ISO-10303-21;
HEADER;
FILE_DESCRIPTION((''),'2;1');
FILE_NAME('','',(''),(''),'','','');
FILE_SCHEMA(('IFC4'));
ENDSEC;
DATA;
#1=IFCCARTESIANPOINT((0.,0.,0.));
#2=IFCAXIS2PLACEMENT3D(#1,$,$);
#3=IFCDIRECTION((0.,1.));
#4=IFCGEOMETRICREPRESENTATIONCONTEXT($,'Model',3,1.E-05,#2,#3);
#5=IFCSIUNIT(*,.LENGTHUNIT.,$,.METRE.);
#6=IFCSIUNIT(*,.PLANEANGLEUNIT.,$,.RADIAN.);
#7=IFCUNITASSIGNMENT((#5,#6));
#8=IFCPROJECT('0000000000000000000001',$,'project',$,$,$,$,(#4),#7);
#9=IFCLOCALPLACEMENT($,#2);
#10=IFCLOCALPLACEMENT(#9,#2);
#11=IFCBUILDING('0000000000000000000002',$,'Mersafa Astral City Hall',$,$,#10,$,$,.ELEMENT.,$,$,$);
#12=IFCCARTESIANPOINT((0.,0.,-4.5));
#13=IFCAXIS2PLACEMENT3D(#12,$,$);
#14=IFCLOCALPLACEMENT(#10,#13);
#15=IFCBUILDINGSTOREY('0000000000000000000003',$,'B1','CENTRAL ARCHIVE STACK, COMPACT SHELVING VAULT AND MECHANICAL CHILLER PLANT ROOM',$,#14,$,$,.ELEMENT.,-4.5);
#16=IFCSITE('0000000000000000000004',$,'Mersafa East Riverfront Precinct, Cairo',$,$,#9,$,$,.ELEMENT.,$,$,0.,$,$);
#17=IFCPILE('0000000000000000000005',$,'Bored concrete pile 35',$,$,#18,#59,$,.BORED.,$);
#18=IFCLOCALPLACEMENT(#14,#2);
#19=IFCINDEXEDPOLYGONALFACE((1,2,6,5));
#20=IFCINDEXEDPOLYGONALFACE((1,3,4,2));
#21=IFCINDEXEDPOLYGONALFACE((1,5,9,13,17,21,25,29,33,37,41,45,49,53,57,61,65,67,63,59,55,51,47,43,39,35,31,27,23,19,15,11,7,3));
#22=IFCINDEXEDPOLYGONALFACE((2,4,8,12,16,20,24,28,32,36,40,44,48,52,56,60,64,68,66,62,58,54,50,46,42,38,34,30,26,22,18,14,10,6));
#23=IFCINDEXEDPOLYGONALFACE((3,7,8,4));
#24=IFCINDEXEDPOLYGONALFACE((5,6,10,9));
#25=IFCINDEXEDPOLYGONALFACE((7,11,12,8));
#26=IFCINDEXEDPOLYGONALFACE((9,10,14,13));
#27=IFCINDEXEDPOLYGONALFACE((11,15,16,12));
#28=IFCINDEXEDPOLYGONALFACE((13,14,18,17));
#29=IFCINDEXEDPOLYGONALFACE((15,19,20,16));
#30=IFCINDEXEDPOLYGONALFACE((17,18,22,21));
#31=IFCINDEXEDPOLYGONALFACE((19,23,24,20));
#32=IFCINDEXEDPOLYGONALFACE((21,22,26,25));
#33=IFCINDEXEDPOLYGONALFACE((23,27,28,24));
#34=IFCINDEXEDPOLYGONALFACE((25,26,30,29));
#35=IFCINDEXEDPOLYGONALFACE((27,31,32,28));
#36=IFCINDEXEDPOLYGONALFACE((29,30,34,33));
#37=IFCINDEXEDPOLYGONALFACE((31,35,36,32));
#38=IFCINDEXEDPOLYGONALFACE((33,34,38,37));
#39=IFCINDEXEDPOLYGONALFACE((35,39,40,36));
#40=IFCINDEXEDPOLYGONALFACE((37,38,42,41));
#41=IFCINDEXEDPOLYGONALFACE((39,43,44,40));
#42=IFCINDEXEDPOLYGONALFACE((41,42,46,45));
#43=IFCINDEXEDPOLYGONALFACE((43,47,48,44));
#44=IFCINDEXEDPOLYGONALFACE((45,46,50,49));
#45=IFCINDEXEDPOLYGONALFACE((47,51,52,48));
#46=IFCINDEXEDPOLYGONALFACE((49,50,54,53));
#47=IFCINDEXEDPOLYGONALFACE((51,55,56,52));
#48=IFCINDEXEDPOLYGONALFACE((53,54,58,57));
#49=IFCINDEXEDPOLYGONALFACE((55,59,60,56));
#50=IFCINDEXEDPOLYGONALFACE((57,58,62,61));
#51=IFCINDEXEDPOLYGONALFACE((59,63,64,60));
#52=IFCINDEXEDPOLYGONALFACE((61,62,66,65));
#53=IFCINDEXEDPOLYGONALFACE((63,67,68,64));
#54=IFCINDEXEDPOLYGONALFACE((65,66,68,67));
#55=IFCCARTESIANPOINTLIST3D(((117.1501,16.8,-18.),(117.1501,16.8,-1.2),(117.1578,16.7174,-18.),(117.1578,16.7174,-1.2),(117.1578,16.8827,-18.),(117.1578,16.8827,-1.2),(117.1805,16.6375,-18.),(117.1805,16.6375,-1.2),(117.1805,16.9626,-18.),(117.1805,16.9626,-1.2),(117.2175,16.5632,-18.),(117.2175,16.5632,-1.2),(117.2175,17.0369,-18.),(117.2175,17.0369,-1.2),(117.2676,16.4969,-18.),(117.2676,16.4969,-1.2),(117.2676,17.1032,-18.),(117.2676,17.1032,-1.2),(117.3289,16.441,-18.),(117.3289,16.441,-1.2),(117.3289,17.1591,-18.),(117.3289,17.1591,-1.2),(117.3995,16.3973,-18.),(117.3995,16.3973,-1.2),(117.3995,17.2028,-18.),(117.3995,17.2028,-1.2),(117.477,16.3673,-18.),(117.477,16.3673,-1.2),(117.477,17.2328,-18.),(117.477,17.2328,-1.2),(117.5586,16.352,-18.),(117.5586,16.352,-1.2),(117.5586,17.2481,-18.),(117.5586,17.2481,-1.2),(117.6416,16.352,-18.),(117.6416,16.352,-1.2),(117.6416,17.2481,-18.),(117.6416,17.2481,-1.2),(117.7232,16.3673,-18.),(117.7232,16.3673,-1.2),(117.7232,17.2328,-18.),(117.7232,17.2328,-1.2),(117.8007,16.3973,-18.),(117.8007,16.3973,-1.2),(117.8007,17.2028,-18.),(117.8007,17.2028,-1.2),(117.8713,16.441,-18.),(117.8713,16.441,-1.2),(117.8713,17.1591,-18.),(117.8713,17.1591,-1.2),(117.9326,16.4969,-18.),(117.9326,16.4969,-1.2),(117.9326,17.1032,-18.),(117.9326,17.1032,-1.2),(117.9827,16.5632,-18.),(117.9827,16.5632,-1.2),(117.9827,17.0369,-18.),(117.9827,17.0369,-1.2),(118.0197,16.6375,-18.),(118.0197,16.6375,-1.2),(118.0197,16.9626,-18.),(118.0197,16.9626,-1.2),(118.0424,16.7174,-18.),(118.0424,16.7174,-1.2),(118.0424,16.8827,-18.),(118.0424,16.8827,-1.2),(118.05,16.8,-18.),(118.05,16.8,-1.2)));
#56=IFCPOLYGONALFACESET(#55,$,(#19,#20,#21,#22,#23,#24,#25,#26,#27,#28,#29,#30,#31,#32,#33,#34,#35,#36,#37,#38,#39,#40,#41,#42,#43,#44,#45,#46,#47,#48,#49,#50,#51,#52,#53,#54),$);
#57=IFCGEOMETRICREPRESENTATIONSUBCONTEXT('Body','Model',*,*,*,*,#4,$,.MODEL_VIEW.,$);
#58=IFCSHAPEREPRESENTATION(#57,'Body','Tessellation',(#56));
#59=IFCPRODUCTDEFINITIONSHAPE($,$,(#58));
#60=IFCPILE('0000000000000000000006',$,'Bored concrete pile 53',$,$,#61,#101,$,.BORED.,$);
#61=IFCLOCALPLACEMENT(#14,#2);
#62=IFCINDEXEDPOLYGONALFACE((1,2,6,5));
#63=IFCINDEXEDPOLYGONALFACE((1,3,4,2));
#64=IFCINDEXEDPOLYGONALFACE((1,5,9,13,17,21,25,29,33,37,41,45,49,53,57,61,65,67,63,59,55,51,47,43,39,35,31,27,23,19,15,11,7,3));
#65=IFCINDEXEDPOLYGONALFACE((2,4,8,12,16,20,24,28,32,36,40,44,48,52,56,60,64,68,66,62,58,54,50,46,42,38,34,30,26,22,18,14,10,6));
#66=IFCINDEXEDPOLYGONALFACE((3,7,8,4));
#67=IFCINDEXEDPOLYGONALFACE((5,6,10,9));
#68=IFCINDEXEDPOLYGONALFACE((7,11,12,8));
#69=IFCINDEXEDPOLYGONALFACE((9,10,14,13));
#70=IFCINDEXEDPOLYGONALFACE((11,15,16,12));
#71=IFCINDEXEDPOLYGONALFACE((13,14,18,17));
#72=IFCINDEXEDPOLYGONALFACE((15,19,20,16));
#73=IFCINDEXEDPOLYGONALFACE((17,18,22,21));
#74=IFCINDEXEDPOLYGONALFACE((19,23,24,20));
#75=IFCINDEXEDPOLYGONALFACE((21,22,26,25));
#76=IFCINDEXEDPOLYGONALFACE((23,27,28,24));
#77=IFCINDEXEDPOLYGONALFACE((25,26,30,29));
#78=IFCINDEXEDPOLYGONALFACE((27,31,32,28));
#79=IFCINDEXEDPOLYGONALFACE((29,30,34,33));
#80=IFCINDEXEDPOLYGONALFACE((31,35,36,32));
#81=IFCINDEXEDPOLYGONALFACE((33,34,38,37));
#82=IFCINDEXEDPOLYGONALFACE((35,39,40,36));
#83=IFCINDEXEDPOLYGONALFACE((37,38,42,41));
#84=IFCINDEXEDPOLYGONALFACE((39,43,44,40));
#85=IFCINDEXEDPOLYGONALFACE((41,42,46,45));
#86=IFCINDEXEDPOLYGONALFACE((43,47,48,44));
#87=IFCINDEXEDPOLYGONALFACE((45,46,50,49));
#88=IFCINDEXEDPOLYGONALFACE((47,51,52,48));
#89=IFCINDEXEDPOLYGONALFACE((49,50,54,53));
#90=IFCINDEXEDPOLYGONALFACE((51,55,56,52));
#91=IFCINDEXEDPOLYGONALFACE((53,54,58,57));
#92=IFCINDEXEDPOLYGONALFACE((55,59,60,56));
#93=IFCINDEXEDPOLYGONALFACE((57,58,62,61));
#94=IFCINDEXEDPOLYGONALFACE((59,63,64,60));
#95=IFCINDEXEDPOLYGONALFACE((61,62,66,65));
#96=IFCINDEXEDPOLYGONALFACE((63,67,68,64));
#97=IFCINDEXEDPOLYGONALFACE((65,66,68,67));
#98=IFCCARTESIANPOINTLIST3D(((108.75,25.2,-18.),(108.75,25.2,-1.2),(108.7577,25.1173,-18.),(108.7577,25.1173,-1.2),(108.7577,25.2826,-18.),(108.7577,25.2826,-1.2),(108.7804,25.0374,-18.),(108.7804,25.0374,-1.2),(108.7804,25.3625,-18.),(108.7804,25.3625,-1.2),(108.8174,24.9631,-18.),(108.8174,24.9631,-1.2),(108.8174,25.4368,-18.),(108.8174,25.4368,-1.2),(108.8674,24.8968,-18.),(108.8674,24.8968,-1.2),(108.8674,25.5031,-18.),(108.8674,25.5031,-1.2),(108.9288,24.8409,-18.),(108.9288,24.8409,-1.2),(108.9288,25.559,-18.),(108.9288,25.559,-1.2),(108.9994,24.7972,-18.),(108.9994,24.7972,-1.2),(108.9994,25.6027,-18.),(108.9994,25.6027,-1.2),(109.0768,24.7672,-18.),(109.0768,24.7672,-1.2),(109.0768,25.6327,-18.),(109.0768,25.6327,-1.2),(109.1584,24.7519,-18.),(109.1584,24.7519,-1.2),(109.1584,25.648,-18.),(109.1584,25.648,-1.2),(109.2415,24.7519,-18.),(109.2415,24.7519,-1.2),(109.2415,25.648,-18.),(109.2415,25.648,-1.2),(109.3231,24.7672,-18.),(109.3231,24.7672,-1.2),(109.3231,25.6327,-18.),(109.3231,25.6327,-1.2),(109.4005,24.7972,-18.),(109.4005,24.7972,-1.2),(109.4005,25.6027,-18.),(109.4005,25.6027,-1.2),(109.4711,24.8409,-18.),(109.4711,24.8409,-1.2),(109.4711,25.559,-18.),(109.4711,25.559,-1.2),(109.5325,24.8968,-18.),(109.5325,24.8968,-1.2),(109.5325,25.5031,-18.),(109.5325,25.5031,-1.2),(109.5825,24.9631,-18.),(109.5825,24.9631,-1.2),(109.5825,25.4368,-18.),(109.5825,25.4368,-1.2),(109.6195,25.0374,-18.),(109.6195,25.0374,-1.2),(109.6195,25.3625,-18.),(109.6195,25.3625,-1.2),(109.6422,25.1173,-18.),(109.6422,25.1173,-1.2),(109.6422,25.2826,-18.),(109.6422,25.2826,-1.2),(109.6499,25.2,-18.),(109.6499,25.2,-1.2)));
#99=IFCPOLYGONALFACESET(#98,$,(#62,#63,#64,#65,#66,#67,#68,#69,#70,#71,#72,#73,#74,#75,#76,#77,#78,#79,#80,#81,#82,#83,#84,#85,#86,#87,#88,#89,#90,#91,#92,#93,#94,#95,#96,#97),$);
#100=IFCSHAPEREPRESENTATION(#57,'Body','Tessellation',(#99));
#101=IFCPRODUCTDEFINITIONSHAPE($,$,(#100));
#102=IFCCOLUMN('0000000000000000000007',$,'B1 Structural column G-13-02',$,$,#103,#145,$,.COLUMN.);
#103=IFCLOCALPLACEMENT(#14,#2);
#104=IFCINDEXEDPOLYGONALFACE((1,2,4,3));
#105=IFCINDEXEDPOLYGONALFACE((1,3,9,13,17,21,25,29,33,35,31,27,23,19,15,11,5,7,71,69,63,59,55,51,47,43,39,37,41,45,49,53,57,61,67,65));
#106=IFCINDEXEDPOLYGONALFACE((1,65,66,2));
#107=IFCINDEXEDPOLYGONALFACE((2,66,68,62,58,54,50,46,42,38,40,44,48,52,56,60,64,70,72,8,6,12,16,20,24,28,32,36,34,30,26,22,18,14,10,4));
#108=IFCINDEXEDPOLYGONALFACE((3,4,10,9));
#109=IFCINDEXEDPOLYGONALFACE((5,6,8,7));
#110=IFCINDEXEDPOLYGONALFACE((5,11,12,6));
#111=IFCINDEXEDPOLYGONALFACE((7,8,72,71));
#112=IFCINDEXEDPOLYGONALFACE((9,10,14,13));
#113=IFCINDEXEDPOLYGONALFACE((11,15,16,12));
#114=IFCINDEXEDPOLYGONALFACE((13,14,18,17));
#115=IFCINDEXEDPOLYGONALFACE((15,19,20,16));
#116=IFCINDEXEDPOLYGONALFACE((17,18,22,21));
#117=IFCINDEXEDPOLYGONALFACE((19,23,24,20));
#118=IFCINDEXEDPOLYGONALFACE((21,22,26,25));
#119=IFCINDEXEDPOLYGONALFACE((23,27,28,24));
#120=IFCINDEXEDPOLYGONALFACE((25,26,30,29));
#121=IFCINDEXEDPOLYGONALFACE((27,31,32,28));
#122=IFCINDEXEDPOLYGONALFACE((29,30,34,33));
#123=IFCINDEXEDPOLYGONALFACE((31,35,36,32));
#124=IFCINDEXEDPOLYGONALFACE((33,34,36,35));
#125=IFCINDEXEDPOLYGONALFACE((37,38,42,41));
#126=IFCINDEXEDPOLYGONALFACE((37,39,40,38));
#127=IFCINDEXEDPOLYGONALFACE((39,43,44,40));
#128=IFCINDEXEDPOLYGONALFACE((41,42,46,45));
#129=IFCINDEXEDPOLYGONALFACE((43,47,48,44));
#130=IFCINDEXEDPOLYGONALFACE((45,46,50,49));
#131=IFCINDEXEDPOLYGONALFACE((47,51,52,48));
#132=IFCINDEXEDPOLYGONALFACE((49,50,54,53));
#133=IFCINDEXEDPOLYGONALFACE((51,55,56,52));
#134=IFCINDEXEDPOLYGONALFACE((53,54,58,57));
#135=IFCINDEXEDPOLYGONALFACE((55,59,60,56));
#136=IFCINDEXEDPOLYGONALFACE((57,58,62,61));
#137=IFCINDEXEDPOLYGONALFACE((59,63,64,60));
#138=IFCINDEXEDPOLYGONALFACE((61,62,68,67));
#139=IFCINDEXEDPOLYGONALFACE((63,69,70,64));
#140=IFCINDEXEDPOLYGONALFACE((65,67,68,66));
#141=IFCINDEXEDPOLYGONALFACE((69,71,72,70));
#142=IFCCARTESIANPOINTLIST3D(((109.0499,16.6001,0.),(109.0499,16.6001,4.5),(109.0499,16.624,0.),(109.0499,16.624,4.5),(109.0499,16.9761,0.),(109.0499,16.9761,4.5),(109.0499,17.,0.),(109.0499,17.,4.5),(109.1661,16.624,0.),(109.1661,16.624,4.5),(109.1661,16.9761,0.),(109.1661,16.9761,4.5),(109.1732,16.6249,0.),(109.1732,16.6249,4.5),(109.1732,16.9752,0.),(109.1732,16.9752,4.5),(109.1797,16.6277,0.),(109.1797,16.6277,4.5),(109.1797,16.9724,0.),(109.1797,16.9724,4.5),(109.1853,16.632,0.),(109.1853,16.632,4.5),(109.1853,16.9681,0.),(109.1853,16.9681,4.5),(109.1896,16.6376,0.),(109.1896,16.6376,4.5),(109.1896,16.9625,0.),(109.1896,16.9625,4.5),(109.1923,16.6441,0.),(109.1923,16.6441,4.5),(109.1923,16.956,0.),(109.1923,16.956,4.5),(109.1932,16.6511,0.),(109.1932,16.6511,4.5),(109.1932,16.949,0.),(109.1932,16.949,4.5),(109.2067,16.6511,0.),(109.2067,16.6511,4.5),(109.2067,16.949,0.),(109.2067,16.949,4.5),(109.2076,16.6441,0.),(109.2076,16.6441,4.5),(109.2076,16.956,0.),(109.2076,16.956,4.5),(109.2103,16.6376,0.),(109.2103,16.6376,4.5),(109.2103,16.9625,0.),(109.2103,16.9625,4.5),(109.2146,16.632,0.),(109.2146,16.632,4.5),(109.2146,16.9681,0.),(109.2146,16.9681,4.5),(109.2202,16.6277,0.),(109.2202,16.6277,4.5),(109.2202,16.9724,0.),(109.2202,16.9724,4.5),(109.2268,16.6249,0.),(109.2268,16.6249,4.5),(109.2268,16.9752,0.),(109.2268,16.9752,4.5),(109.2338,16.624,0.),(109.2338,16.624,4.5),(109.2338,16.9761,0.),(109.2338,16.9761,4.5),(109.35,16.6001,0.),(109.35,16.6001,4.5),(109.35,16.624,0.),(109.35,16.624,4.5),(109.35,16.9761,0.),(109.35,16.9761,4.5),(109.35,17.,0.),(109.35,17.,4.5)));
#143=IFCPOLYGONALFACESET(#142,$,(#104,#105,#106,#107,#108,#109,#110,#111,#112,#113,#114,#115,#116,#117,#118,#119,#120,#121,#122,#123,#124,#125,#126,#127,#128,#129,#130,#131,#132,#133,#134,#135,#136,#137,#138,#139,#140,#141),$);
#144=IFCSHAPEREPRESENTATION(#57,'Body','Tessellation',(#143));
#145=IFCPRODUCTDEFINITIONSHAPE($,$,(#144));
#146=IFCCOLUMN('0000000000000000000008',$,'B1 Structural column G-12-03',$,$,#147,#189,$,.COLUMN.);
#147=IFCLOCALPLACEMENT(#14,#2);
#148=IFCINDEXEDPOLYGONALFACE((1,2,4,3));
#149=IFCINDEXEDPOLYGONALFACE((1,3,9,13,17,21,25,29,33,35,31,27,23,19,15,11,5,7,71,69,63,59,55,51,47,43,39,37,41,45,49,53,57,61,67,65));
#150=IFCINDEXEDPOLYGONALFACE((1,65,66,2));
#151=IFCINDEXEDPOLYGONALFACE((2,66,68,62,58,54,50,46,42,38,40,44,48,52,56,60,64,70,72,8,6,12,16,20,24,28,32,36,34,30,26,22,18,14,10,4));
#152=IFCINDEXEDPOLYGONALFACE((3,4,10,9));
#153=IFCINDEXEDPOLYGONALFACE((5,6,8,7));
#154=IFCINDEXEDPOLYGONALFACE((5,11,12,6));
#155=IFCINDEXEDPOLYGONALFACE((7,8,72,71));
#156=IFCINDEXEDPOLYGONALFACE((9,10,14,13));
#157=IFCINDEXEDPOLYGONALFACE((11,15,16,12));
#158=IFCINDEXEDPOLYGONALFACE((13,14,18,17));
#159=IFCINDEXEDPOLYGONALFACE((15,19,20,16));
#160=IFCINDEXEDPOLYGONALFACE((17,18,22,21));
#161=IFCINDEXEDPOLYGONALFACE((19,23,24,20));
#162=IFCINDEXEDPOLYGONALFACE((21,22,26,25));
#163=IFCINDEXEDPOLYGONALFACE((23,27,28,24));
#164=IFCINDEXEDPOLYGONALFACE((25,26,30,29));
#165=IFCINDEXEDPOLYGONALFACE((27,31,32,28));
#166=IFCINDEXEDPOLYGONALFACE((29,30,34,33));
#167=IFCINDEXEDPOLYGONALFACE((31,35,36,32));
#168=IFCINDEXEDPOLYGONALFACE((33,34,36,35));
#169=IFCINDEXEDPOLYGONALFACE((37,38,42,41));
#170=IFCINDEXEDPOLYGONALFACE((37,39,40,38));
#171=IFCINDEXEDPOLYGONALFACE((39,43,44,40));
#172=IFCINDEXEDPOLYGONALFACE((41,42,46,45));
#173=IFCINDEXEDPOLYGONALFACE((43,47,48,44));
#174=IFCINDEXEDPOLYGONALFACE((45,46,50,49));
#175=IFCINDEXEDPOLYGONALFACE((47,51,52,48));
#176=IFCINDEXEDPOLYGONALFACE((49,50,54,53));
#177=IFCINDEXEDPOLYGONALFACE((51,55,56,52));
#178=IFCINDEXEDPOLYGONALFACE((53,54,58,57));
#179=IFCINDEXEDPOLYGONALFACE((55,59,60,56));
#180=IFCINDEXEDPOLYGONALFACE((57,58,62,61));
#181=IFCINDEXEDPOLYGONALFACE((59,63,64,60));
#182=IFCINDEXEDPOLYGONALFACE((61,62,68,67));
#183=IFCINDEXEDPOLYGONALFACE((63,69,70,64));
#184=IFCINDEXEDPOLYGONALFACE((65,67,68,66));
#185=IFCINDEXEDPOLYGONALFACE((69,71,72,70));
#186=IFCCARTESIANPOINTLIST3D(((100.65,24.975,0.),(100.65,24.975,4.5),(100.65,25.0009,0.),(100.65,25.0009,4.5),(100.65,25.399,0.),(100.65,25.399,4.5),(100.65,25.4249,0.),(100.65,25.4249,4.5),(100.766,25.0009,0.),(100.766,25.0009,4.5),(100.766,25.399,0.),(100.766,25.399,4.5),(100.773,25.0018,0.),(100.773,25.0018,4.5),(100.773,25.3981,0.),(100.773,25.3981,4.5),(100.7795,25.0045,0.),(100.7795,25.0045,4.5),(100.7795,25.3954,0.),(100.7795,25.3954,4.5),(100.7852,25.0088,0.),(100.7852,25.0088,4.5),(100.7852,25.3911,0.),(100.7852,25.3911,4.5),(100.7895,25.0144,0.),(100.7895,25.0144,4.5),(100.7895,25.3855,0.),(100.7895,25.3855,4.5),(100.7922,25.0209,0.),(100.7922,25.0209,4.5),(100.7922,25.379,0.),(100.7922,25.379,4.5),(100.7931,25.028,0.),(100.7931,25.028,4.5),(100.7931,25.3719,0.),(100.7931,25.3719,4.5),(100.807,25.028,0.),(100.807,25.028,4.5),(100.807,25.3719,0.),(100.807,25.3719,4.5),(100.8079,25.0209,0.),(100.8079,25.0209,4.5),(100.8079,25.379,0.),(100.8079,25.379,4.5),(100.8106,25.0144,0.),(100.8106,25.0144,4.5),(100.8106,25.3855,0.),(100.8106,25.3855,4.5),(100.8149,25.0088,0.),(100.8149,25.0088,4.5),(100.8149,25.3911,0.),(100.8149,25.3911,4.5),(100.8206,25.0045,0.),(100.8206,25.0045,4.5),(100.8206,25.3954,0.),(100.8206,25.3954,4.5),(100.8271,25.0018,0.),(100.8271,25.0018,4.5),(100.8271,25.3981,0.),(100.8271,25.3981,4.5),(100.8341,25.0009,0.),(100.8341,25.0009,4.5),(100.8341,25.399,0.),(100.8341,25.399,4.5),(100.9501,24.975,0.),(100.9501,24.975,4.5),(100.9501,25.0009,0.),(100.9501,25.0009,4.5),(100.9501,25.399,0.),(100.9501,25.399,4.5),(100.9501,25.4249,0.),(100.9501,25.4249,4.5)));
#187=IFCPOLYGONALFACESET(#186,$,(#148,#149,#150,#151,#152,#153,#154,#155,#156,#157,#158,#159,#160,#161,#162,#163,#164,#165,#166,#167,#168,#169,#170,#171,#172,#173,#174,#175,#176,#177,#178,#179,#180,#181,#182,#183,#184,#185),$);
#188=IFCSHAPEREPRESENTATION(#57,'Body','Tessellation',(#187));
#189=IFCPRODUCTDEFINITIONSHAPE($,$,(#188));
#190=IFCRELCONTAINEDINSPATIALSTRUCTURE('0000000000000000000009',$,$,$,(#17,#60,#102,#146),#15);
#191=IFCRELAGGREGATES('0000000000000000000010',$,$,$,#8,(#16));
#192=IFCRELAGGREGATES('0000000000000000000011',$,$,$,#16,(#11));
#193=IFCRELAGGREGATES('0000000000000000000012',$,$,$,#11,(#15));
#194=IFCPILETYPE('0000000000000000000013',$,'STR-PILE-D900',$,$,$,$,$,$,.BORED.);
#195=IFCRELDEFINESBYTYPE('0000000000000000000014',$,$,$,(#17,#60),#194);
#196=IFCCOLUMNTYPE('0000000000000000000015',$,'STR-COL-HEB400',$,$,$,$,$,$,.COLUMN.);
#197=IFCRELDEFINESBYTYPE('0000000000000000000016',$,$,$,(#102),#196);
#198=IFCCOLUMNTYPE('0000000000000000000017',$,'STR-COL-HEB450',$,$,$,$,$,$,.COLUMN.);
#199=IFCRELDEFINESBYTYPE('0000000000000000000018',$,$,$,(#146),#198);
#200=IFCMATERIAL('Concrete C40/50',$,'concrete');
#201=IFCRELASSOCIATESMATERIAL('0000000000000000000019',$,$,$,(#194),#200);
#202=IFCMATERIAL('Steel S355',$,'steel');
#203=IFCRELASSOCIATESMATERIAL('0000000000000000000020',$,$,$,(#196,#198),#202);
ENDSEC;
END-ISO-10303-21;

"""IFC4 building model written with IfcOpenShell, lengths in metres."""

from ifc_helpers import new_model, si_unit, direction, frame, origin, origin_2d, place, context, subcontext, project, spatial, circle, i_section, extrude, material, material_profile, profile_set, type_object, element, save


model = new_model("IFC4")

# Units and contexts
model_context = context("Model", 3, precision=1e-05, world=origin(), true_north=direction((0.0, 1.0)))
body_context = subcontext(model_context, "Body", "Model", "MODEL_VIEW")
ifc_project = project(units=[si_unit("LENGTHUNIT", "METRE"), si_unit("PLANEANGLEUNIT", "RADIAN")], contexts=[model_context])

# Site, building, storey
site_placement = place(None, origin())
site = spatial("IfcSite", under=ifc_project, at=site_placement, Name="Mersafa East Riverfront Precinct, Cairo", CompositionType="ELEMENT", RefElevation=0.0)
building_placement = place(site_placement, origin())
building = spatial("IfcBuilding", under=site, at=building_placement, Name="Mersafa Astral City Hall", CompositionType="ELEMENT")
storey_placement = place(building_placement, frame((0.0, 0.0, -4.5)))
storey = spatial("IfcBuildingStorey", under=building, at=storey_placement, Name="B1", Description="CENTRAL ARCHIVE STACK, COMPACT SHELVING VAULT AND MECHANICAL CHILLER PLANT ROOM", CompositionType="ELEMENT", Elevation=-4.5)

# Shared definitions
ifc_material_1 = material(Name="Concrete C40/50", Category="concrete")

# Piles
ifc_material_profile_1 = material_profile(ifc_material_1, circle(Radius=0.45, at=origin_2d()), Name="PILE D900")
ifc_profile_set_1 = profile_set([ifc_material_profile_1], Name="Concrete C40/50")
pile_type_1 = type_object("IfcPileType", Name="STR-PILE-D900", PredefinedType="BORED", material=ifc_profile_set_1)
for number, where, z_axis, x_axis, name in (
    (1, (117.6001, 16.8, -1.2), (0.0, 0.0, -1.0), (1.0, 0.0, 0.0), "Bored concrete pile 35"),
    (2, (109.2, 25.2, -1.2), (0.0, 0.0, -1.0), (1.0, 0.0, 0.0), "Bored concrete pile 53"),
):
    element("IfcPile", number, at=place(storey_placement, frame(where, z_axis=z_axis, x_axis=x_axis)), inside=storey, type_object=pile_type_1, Name=name, PredefinedType="BORED", context=body_context, shape_type="SweptSolid", body=[
        extrude(circle(Radius=0.45, at=origin_2d()), origin(), (0.0, 0.0, 1.0), 16.8),
    ])

# Columns
ifc_material_2 = material(Name="Steel S355", Category="steel")
ifc_material_profile_2 = material_profile(ifc_material_2, i_section(OverallWidth=0.3, OverallDepth=0.3999, WebThickness=0.0134, FlangeThickness=0.0239, FilletRadius=0.0271, at=origin_2d()), Name="HEB 400")
ifc_profile_set_2 = profile_set([ifc_material_profile_2], Name="Steel S355")
column_type_1 = type_object("IfcColumnType", Name="STR-COL-HEB400", PredefinedType="COLUMN", material=ifc_profile_set_2)
column_1_placement = place(storey_placement, frame((109.2, 16.8, 0.0), z_axis=(0.0, 0.0, 1.0), x_axis=(1.0, 0.0, 0.0)))
element("IfcColumn", 3, at=column_1_placement, inside=storey, type_object=column_type_1, Name="B1 Structural column G-13-02", PredefinedType="COLUMN", context=body_context, shape_type="SweptSolid", body=[
    extrude(i_section(OverallWidth=0.3, OverallDepth=0.3999, WebThickness=0.0134, FlangeThickness=0.0239, FilletRadius=0.0271, at=origin_2d()), origin(), (0.0, 0.0, 1.0), 4.5),
])
ifc_material_profile_3 = material_profile(ifc_material_2, i_section(OverallWidth=0.3, OverallDepth=0.45, WebThickness=0.0139, FlangeThickness=0.0259, FilletRadius=0.0271, at=origin_2d()), Name="HEB 450")
ifc_profile_set_3 = profile_set([ifc_material_profile_3], Name="Steel S355")
column_type_2 = type_object("IfcColumnType", Name="STR-COL-HEB450", PredefinedType="COLUMN", material=ifc_profile_set_3)
column_2_placement = place(storey_placement, frame((100.8, 25.2, 0.0), z_axis=(0.0, 0.0, 1.0), x_axis=(1.0, 0.0, 0.0)))
element("IfcColumn", 4, at=column_2_placement, inside=storey, type_object=column_type_2, Name="B1 Structural column G-12-03", PredefinedType="COLUMN", context=body_context, shape_type="SweptSolid", body=[
    extrude(i_section(OverallWidth=0.3, OverallDepth=0.45, WebThickness=0.0139, FlangeThickness=0.0259, FilletRadius=0.0271, at=origin_2d()), origin(), (0.0, 0.0, 1.0), 4.5),
])

save(model, "model.ifc")
